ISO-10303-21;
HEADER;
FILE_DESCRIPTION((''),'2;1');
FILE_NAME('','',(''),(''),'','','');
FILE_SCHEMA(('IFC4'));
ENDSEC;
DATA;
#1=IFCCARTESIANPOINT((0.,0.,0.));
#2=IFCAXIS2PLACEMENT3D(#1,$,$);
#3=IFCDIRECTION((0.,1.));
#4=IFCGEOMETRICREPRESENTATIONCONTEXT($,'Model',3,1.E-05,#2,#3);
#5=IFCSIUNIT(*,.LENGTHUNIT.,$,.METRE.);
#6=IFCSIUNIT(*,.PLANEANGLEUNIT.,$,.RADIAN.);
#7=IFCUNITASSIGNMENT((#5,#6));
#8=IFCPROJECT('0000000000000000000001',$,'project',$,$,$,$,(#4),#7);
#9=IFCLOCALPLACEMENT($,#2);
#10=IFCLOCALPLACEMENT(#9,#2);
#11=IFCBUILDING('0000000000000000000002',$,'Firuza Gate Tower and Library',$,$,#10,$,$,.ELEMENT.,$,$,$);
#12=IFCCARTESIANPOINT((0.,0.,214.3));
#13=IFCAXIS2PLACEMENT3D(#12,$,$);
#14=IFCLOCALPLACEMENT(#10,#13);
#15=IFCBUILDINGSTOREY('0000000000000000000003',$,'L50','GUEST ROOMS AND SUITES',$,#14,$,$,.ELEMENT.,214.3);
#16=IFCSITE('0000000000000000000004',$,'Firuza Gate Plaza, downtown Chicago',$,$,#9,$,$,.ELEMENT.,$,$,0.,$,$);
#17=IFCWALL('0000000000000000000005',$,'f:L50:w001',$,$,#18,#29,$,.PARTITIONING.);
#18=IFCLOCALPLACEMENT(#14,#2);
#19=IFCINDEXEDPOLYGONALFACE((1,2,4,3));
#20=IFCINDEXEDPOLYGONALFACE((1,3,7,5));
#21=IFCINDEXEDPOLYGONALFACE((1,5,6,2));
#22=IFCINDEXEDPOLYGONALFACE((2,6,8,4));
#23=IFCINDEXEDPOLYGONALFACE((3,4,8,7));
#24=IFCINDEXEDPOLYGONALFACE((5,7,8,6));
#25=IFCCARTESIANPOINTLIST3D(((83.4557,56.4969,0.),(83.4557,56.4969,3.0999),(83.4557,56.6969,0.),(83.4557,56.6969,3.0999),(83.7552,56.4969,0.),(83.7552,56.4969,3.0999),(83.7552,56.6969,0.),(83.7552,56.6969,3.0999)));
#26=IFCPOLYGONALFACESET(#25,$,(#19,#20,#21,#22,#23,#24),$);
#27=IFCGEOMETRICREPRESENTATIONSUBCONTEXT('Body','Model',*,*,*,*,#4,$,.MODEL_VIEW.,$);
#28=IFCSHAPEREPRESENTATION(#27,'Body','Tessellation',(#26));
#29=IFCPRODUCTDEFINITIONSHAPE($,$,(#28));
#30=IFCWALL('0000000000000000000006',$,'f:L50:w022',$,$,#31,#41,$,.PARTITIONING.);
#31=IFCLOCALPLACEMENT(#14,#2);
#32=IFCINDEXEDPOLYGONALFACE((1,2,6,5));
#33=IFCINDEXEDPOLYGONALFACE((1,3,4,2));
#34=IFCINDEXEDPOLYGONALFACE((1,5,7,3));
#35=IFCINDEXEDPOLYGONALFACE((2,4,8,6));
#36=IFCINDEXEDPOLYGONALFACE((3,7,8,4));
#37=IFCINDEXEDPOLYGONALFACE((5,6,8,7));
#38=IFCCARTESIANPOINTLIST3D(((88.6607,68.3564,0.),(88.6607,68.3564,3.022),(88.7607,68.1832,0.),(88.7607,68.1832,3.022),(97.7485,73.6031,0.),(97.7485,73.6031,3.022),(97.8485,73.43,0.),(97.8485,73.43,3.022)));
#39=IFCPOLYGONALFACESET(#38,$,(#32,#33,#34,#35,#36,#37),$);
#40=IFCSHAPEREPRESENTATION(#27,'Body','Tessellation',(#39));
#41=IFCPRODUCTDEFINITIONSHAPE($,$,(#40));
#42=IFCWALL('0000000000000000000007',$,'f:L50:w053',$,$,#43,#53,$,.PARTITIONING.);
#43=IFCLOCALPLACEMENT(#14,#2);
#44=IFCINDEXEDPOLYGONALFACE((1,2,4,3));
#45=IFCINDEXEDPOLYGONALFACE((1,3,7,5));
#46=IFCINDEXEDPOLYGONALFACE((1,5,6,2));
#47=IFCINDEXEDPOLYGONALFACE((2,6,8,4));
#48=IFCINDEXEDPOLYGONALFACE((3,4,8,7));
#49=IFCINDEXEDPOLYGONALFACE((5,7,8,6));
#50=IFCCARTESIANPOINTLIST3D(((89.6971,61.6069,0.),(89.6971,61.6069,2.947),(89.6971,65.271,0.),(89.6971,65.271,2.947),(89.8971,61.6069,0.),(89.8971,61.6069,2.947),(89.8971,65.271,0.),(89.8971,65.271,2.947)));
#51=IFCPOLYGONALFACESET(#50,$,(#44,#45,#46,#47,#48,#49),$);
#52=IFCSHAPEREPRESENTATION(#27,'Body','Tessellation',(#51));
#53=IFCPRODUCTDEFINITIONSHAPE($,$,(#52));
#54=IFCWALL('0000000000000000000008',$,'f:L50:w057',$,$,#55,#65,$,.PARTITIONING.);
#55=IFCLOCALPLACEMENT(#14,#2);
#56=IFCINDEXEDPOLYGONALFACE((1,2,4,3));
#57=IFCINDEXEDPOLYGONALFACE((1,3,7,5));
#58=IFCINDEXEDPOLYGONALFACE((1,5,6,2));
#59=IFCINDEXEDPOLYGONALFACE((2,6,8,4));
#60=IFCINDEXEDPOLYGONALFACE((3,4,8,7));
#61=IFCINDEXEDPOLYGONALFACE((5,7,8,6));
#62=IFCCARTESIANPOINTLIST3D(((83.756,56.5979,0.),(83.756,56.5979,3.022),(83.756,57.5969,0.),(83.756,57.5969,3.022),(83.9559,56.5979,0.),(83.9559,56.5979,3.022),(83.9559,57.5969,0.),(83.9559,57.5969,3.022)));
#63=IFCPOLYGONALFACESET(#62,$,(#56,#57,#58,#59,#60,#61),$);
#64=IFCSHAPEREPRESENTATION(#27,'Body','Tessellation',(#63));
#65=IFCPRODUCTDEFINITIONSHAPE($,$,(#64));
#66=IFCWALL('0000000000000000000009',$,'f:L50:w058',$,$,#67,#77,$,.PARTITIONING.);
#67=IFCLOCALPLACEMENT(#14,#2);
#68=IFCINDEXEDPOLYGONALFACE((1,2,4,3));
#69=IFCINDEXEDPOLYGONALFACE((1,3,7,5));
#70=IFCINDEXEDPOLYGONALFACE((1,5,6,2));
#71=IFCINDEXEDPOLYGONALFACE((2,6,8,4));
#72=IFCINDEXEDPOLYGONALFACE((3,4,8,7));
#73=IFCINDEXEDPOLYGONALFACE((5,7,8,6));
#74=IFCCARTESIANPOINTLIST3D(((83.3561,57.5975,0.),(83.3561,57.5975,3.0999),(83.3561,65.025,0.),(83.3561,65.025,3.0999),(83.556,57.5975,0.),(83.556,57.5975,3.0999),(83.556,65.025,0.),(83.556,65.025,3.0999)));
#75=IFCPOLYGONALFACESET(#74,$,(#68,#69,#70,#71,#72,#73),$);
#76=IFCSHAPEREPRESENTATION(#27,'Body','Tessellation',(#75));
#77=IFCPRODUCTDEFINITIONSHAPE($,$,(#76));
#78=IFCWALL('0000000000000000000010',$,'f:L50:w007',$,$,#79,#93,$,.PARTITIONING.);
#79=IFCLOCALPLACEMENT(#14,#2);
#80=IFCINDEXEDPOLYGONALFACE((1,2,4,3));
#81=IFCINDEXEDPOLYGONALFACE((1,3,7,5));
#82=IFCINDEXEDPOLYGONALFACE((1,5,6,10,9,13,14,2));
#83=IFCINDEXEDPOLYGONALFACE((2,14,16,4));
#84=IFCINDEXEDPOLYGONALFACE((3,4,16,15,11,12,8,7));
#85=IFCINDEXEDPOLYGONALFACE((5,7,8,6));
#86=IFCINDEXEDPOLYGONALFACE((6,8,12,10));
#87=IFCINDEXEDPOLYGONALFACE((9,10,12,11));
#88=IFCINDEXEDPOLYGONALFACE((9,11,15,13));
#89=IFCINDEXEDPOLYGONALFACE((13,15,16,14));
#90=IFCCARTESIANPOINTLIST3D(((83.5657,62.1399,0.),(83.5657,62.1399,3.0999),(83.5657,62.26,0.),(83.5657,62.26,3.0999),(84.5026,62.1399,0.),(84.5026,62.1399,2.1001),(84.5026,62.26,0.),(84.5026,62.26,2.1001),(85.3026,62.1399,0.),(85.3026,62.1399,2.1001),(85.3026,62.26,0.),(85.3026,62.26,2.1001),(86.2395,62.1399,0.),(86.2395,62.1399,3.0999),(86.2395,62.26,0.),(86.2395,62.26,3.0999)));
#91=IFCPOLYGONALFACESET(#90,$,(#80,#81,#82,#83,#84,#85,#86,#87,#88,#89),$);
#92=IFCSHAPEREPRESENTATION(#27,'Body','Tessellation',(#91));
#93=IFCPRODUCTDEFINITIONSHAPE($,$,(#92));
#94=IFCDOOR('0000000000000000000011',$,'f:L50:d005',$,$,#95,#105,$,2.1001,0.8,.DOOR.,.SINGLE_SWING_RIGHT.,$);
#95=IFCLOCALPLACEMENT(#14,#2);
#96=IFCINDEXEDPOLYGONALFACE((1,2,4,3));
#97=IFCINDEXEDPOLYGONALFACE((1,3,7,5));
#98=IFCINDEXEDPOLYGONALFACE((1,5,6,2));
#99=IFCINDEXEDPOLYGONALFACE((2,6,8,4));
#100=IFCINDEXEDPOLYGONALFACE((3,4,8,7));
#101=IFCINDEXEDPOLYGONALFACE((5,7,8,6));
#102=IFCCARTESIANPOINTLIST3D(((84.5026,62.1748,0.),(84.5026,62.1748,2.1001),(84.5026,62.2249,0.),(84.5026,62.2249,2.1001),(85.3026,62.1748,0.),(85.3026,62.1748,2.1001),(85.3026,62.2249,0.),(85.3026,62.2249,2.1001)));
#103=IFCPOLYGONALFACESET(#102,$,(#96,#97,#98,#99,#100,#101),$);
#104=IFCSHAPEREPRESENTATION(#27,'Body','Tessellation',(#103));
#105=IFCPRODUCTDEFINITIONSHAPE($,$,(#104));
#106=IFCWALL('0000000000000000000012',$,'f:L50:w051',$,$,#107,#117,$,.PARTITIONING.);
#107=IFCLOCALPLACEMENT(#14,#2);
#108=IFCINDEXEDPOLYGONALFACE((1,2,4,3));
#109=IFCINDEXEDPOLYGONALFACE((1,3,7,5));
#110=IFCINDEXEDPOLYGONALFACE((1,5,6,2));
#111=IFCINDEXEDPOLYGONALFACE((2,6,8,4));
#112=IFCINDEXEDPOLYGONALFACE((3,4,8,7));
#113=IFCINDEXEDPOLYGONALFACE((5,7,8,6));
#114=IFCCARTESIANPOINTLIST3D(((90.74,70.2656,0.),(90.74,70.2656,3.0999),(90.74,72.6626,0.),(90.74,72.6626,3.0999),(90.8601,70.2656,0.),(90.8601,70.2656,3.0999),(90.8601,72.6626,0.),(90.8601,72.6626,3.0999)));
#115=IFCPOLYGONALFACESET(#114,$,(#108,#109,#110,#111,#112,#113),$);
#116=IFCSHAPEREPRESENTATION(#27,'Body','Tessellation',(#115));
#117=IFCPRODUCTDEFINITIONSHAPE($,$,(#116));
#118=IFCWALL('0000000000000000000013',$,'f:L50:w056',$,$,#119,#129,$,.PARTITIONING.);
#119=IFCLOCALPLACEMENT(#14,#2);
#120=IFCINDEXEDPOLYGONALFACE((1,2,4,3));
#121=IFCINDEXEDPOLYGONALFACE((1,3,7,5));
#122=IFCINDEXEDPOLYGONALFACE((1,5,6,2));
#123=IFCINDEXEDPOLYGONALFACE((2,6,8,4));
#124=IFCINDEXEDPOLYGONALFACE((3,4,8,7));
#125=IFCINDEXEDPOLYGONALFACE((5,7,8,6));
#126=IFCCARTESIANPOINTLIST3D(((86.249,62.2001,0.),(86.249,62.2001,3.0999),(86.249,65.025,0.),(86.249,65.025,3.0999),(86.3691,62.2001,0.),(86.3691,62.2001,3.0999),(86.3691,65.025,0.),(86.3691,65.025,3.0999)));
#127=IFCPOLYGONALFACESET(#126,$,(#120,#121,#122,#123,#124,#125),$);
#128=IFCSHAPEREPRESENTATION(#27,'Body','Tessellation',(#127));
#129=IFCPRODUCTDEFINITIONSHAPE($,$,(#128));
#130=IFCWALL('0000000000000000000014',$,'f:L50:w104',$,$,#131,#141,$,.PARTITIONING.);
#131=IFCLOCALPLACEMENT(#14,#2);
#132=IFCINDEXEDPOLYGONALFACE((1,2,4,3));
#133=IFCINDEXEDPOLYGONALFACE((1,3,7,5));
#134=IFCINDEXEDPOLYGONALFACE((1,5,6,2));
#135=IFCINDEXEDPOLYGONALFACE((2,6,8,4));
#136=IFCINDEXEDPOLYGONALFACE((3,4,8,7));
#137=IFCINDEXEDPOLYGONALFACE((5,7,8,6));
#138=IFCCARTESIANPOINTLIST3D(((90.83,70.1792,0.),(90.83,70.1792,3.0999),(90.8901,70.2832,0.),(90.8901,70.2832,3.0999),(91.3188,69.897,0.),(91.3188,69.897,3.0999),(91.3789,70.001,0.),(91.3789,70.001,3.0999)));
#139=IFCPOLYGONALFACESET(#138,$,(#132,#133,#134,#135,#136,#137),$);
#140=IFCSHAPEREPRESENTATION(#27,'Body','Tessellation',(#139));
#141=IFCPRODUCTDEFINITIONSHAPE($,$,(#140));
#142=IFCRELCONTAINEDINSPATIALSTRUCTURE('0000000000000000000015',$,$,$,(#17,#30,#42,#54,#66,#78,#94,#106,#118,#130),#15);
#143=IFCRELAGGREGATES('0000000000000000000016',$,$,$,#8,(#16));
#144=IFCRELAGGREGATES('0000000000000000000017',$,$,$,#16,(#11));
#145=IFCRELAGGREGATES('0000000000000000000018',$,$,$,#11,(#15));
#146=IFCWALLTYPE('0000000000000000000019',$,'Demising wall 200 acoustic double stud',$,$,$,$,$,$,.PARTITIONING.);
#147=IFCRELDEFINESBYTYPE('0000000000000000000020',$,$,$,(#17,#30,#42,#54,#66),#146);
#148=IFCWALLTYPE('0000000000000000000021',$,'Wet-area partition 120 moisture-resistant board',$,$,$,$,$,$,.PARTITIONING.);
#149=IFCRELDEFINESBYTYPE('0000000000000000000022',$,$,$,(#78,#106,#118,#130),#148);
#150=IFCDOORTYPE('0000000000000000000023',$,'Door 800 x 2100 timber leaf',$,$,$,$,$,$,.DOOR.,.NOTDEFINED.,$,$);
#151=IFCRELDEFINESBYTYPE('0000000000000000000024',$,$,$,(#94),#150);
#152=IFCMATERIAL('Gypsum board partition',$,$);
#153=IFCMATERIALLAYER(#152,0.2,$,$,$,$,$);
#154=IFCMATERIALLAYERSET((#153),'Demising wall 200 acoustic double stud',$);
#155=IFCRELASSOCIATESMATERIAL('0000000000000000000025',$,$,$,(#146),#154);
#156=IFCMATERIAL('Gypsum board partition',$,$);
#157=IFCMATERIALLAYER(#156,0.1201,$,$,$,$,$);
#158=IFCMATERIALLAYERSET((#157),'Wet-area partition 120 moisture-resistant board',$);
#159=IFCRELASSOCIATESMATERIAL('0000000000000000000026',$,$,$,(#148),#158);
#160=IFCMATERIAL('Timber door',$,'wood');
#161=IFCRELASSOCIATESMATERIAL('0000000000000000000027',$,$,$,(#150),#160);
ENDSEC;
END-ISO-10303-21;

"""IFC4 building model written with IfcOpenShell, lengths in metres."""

from ifc_helpers import new_model, si_unit, direction, frame, frame_2d, origin, place, context, subcontext, project, spatial, rectangle, extrude, material, layer, layer_set, type_object, element, fill, save


model = new_model("IFC4")

# Units and contexts
model_context = context("Model", 3, precision=1e-05, world=origin(), true_north=direction((0.0, 1.0)))
body_context = subcontext(model_context, "Body", "Model", "MODEL_VIEW")
ifc_project = project(units=[si_unit("LENGTHUNIT", "METRE"), si_unit("PLANEANGLEUNIT", "RADIAN")], contexts=[model_context])

# Site, building, storey
site_placement = place(None, origin())
site = spatial("IfcSite", under=ifc_project, at=site_placement, Name="Firuza Gate Plaza, downtown Chicago", CompositionType="ELEMENT", RefElevation=0.0)
building_placement = place(site_placement, origin())
building = spatial("IfcBuilding", under=site, at=building_placement, Name="Firuza Gate Tower and Library", CompositionType="ELEMENT")
storey_placement = place(building_placement, frame((0.0, 0.0, 214.3)))
storey = spatial("IfcBuildingStorey", under=building, at=storey_placement, Name="L50", Description="GUEST ROOMS AND SUITES", CompositionType="ELEMENT", Elevation=214.3)

# Walls
ifc_material_1 = material(Name="Gypsum board partition")
ifc_layer_1 = layer(ifc_material_1, 0.2)
ifc_layer_set_1 = layer_set([ifc_layer_1], Name="Demising wall 200 acoustic double stud")
wall_type_1 = type_object("IfcWallType", Name="Demising wall 200 acoustic double stud", PredefinedType="PARTITIONING", material=ifc_layer_set_1)
wall_1_placement = place(storey_placement, frame((83.4556, 56.5969, 0.0), z_axis=(0.0, 0.0, 1.0), x_axis=(1.0, 0.0, 0.0)))
element("IfcWall", 1, at=wall_1_placement, inside=storey, type_object=wall_type_1, Name="f:L50:w001", PredefinedType="PARTITIONING", context=body_context, shape_type="SweptSolid", body=[
    extrude(rectangle(XDim=0.2996, YDim=0.2, at=frame_2d((0.1499, 0.0))), origin(), (0.0, 0.0, 1.0), 3.0999),
])
wall_2_placement = place(storey_placement, frame((88.7107, 68.2698, 0.0), z_axis=(0.0, 0.0, 1.0), x_axis=(0.866028, 0.499995, 0.0)))
element("IfcWall", 2, at=wall_2_placement, inside=storey, type_object=wall_type_1, Name="f:L50:w022", PredefinedType="PARTITIONING", context=body_context, shape_type="SweptSolid", body=[
    extrude(rectangle(XDim=10.4937, YDim=0.2, at=frame_2d((5.2468, 0.0))), origin(), (0.0, 0.0, 1.0), 3.022),
])
wall_3_placement = place(storey_placement, frame((89.7971, 61.6069, 0.0), z_axis=(0.0, 0.0, 1.0), x_axis=(0.0, 1.0, 0.0)))
element("IfcWall", 3, at=wall_3_placement, inside=storey, type_object=wall_type_1, Name="f:L50:w053", PredefinedType="PARTITIONING", context=body_context, shape_type="SweptSolid", body=[
    extrude(rectangle(XDim=3.6641, YDim=0.2, at=frame_2d((1.832, 0.0))), origin(), (0.0, 0.0, 1.0), 2.947),
])
wall_4_placement = place(storey_placement, frame((83.856, 56.5979, 0.0), z_axis=(0.0, 0.0, 1.0), x_axis=(0.0, 1.0, 0.0)))
element("IfcWall", 4, at=wall_4_placement, inside=storey, type_object=wall_type_1, Name="f:L50:w057", PredefinedType="PARTITIONING", context=body_context, shape_type="SweptSolid", body=[
    extrude(rectangle(XDim=0.999, YDim=0.2, at=frame_2d((0.4995, 0.0))), origin(), (0.0, 0.0, 1.0), 3.022),
])
wall_5_placement = place(storey_placement, frame((83.4561, 57.5974, 0.0), z_axis=(0.0, 0.0, 1.0), x_axis=(0.0, 1.0, 0.0)))
element("IfcWall", 5, at=wall_5_placement, inside=storey, type_object=wall_type_1, Name="f:L50:w058", PredefinedType="PARTITIONING", context=body_context, shape_type="SweptSolid", body=[
    extrude(rectangle(XDim=7.4275, YDim=0.2, at=frame_2d((3.7139, 0.0))), origin(), (0.0, 0.0, 1.0), 3.0999),
])

# Wall, opening, door
ifc_material_2 = material(Name="Gypsum board partition")
ifc_layer_2 = layer(ifc_material_2, 0.1201)
ifc_layer_set_2 = layer_set([ifc_layer_2], Name="Wet-area partition 120 moisture-resistant board")
wall_type_2 = type_object("IfcWallType", Name="Wet-area partition 120 moisture-resistant board", PredefinedType="PARTITIONING", material=ifc_layer_set_2)
wall_6_placement = place(storey_placement, frame((83.5657, 62.2, 0.0), z_axis=(0.0, 0.0, 1.0), x_axis=(1.0, 0.0, 0.0)))
wall_6 = element("IfcWall", 6, at=wall_6_placement, inside=storey, type_object=wall_type_2, Name="f:L50:w007", PredefinedType="PARTITIONING", context=body_context, shape_type="SweptSolid", body=[
    extrude(rectangle(XDim=2.6738, YDim=0.1201, at=frame_2d((1.3369, 0.0))), origin(), (0.0, 0.0, 1.0), 3.0999),
])
opening_1_placement = place(wall_6_placement, frame((0.937, 0.0, 0.0)))
opening_1 = element("IfcOpeningElement", 7, at=opening_1_placement, cuts=wall_6, PredefinedType="OPENING", context=body_context, shape_type="SweptSolid", body=[
    extrude(rectangle(XDim=0.8, YDim=2.1001, at=frame_2d((0.3999, 1.05))), frame((0.0, 0.0701, 0.0), z_axis=(0.0, -1.0, 0.0), x_axis=(1.0, 0.0, 0.0)), (0.0, 0.0, 1.0), 0.1401),
])
ifc_material_3 = material(Name="Timber door", Category="wood")
door_type_1 = type_object("IfcDoorType", Name="Door 800 x 2100 timber leaf", OperationType="NOTDEFINED", PredefinedType="DOOR", material=ifc_material_3)
door_1_placement = place(opening_1_placement, origin())
door_1 = element("IfcDoor", 8, at=door_1_placement, inside=storey, type_object=door_type_1, Name="f:L50:d005", OperationType="SINGLE_SWING_RIGHT", OverallHeight=2.1001, OverallWidth=0.8, PredefinedType="DOOR", context=body_context, shape_type="SweptSolid", body=[
    extrude(rectangle(XDim=0.8, YDim=2.1001, at=frame_2d((0.3999, 1.05))), frame((0.0, 0.0249, 0.0), z_axis=(0.0, -1.0, 0.0), x_axis=(1.0, 0.0, 0.0)), (0.0, 0.0, 1.0), 0.05),
])
fill(opening_1, door_1)

# Walls
wall_7_placement = place(storey_placement, frame((90.8, 70.2656, 0.0), z_axis=(0.0, 0.0, 1.0), x_axis=(0.0, 1.0, 0.0)))
element("IfcWall", 9, at=wall_7_placement, inside=storey, type_object=wall_type_2, Name="f:L50:w051", PredefinedType="PARTITIONING", context=body_context, shape_type="SweptSolid", body=[
    extrude(rectangle(XDim=2.397, YDim=0.1201, at=frame_2d((1.1985, 0.0))), origin(), (0.0, 0.0, 1.0), 3.0999),
])
wall_8_placement = place(storey_placement, frame((86.3091, 62.2, 0.0), z_axis=(0.0, 0.0, 1.0), x_axis=(0.0, 1.0, 0.0)))
element("IfcWall", 10, at=wall_8_placement, inside=storey, type_object=wall_type_2, Name="f:L50:w056", PredefinedType="PARTITIONING", context=body_context, shape_type="SweptSolid", body=[
    extrude(rectangle(XDim=2.825, YDim=0.1201, at=frame_2d((1.4126, 0.0))), origin(), (0.0, 0.0, 1.0), 3.0999),
])
wall_9_placement = place(storey_placement, frame((91.3489, 69.949, 0.0), z_axis=(0.0, 0.0, 1.0), x_axis=(-0.865998, 0.500047, 0.0)))
element("IfcWall", 11, at=wall_9_placement, inside=storey, type_object=wall_type_2, Name="f:L50:w104", PredefinedType="PARTITIONING", context=body_context, shape_type="SweptSolid", body=[
    extrude(rectangle(XDim=0.5645, YDim=0.1201, at=frame_2d((0.2822, 0.0))), origin(), (0.0, 0.0, 1.0), 3.0999),
])

save(model, "model.ifc")
